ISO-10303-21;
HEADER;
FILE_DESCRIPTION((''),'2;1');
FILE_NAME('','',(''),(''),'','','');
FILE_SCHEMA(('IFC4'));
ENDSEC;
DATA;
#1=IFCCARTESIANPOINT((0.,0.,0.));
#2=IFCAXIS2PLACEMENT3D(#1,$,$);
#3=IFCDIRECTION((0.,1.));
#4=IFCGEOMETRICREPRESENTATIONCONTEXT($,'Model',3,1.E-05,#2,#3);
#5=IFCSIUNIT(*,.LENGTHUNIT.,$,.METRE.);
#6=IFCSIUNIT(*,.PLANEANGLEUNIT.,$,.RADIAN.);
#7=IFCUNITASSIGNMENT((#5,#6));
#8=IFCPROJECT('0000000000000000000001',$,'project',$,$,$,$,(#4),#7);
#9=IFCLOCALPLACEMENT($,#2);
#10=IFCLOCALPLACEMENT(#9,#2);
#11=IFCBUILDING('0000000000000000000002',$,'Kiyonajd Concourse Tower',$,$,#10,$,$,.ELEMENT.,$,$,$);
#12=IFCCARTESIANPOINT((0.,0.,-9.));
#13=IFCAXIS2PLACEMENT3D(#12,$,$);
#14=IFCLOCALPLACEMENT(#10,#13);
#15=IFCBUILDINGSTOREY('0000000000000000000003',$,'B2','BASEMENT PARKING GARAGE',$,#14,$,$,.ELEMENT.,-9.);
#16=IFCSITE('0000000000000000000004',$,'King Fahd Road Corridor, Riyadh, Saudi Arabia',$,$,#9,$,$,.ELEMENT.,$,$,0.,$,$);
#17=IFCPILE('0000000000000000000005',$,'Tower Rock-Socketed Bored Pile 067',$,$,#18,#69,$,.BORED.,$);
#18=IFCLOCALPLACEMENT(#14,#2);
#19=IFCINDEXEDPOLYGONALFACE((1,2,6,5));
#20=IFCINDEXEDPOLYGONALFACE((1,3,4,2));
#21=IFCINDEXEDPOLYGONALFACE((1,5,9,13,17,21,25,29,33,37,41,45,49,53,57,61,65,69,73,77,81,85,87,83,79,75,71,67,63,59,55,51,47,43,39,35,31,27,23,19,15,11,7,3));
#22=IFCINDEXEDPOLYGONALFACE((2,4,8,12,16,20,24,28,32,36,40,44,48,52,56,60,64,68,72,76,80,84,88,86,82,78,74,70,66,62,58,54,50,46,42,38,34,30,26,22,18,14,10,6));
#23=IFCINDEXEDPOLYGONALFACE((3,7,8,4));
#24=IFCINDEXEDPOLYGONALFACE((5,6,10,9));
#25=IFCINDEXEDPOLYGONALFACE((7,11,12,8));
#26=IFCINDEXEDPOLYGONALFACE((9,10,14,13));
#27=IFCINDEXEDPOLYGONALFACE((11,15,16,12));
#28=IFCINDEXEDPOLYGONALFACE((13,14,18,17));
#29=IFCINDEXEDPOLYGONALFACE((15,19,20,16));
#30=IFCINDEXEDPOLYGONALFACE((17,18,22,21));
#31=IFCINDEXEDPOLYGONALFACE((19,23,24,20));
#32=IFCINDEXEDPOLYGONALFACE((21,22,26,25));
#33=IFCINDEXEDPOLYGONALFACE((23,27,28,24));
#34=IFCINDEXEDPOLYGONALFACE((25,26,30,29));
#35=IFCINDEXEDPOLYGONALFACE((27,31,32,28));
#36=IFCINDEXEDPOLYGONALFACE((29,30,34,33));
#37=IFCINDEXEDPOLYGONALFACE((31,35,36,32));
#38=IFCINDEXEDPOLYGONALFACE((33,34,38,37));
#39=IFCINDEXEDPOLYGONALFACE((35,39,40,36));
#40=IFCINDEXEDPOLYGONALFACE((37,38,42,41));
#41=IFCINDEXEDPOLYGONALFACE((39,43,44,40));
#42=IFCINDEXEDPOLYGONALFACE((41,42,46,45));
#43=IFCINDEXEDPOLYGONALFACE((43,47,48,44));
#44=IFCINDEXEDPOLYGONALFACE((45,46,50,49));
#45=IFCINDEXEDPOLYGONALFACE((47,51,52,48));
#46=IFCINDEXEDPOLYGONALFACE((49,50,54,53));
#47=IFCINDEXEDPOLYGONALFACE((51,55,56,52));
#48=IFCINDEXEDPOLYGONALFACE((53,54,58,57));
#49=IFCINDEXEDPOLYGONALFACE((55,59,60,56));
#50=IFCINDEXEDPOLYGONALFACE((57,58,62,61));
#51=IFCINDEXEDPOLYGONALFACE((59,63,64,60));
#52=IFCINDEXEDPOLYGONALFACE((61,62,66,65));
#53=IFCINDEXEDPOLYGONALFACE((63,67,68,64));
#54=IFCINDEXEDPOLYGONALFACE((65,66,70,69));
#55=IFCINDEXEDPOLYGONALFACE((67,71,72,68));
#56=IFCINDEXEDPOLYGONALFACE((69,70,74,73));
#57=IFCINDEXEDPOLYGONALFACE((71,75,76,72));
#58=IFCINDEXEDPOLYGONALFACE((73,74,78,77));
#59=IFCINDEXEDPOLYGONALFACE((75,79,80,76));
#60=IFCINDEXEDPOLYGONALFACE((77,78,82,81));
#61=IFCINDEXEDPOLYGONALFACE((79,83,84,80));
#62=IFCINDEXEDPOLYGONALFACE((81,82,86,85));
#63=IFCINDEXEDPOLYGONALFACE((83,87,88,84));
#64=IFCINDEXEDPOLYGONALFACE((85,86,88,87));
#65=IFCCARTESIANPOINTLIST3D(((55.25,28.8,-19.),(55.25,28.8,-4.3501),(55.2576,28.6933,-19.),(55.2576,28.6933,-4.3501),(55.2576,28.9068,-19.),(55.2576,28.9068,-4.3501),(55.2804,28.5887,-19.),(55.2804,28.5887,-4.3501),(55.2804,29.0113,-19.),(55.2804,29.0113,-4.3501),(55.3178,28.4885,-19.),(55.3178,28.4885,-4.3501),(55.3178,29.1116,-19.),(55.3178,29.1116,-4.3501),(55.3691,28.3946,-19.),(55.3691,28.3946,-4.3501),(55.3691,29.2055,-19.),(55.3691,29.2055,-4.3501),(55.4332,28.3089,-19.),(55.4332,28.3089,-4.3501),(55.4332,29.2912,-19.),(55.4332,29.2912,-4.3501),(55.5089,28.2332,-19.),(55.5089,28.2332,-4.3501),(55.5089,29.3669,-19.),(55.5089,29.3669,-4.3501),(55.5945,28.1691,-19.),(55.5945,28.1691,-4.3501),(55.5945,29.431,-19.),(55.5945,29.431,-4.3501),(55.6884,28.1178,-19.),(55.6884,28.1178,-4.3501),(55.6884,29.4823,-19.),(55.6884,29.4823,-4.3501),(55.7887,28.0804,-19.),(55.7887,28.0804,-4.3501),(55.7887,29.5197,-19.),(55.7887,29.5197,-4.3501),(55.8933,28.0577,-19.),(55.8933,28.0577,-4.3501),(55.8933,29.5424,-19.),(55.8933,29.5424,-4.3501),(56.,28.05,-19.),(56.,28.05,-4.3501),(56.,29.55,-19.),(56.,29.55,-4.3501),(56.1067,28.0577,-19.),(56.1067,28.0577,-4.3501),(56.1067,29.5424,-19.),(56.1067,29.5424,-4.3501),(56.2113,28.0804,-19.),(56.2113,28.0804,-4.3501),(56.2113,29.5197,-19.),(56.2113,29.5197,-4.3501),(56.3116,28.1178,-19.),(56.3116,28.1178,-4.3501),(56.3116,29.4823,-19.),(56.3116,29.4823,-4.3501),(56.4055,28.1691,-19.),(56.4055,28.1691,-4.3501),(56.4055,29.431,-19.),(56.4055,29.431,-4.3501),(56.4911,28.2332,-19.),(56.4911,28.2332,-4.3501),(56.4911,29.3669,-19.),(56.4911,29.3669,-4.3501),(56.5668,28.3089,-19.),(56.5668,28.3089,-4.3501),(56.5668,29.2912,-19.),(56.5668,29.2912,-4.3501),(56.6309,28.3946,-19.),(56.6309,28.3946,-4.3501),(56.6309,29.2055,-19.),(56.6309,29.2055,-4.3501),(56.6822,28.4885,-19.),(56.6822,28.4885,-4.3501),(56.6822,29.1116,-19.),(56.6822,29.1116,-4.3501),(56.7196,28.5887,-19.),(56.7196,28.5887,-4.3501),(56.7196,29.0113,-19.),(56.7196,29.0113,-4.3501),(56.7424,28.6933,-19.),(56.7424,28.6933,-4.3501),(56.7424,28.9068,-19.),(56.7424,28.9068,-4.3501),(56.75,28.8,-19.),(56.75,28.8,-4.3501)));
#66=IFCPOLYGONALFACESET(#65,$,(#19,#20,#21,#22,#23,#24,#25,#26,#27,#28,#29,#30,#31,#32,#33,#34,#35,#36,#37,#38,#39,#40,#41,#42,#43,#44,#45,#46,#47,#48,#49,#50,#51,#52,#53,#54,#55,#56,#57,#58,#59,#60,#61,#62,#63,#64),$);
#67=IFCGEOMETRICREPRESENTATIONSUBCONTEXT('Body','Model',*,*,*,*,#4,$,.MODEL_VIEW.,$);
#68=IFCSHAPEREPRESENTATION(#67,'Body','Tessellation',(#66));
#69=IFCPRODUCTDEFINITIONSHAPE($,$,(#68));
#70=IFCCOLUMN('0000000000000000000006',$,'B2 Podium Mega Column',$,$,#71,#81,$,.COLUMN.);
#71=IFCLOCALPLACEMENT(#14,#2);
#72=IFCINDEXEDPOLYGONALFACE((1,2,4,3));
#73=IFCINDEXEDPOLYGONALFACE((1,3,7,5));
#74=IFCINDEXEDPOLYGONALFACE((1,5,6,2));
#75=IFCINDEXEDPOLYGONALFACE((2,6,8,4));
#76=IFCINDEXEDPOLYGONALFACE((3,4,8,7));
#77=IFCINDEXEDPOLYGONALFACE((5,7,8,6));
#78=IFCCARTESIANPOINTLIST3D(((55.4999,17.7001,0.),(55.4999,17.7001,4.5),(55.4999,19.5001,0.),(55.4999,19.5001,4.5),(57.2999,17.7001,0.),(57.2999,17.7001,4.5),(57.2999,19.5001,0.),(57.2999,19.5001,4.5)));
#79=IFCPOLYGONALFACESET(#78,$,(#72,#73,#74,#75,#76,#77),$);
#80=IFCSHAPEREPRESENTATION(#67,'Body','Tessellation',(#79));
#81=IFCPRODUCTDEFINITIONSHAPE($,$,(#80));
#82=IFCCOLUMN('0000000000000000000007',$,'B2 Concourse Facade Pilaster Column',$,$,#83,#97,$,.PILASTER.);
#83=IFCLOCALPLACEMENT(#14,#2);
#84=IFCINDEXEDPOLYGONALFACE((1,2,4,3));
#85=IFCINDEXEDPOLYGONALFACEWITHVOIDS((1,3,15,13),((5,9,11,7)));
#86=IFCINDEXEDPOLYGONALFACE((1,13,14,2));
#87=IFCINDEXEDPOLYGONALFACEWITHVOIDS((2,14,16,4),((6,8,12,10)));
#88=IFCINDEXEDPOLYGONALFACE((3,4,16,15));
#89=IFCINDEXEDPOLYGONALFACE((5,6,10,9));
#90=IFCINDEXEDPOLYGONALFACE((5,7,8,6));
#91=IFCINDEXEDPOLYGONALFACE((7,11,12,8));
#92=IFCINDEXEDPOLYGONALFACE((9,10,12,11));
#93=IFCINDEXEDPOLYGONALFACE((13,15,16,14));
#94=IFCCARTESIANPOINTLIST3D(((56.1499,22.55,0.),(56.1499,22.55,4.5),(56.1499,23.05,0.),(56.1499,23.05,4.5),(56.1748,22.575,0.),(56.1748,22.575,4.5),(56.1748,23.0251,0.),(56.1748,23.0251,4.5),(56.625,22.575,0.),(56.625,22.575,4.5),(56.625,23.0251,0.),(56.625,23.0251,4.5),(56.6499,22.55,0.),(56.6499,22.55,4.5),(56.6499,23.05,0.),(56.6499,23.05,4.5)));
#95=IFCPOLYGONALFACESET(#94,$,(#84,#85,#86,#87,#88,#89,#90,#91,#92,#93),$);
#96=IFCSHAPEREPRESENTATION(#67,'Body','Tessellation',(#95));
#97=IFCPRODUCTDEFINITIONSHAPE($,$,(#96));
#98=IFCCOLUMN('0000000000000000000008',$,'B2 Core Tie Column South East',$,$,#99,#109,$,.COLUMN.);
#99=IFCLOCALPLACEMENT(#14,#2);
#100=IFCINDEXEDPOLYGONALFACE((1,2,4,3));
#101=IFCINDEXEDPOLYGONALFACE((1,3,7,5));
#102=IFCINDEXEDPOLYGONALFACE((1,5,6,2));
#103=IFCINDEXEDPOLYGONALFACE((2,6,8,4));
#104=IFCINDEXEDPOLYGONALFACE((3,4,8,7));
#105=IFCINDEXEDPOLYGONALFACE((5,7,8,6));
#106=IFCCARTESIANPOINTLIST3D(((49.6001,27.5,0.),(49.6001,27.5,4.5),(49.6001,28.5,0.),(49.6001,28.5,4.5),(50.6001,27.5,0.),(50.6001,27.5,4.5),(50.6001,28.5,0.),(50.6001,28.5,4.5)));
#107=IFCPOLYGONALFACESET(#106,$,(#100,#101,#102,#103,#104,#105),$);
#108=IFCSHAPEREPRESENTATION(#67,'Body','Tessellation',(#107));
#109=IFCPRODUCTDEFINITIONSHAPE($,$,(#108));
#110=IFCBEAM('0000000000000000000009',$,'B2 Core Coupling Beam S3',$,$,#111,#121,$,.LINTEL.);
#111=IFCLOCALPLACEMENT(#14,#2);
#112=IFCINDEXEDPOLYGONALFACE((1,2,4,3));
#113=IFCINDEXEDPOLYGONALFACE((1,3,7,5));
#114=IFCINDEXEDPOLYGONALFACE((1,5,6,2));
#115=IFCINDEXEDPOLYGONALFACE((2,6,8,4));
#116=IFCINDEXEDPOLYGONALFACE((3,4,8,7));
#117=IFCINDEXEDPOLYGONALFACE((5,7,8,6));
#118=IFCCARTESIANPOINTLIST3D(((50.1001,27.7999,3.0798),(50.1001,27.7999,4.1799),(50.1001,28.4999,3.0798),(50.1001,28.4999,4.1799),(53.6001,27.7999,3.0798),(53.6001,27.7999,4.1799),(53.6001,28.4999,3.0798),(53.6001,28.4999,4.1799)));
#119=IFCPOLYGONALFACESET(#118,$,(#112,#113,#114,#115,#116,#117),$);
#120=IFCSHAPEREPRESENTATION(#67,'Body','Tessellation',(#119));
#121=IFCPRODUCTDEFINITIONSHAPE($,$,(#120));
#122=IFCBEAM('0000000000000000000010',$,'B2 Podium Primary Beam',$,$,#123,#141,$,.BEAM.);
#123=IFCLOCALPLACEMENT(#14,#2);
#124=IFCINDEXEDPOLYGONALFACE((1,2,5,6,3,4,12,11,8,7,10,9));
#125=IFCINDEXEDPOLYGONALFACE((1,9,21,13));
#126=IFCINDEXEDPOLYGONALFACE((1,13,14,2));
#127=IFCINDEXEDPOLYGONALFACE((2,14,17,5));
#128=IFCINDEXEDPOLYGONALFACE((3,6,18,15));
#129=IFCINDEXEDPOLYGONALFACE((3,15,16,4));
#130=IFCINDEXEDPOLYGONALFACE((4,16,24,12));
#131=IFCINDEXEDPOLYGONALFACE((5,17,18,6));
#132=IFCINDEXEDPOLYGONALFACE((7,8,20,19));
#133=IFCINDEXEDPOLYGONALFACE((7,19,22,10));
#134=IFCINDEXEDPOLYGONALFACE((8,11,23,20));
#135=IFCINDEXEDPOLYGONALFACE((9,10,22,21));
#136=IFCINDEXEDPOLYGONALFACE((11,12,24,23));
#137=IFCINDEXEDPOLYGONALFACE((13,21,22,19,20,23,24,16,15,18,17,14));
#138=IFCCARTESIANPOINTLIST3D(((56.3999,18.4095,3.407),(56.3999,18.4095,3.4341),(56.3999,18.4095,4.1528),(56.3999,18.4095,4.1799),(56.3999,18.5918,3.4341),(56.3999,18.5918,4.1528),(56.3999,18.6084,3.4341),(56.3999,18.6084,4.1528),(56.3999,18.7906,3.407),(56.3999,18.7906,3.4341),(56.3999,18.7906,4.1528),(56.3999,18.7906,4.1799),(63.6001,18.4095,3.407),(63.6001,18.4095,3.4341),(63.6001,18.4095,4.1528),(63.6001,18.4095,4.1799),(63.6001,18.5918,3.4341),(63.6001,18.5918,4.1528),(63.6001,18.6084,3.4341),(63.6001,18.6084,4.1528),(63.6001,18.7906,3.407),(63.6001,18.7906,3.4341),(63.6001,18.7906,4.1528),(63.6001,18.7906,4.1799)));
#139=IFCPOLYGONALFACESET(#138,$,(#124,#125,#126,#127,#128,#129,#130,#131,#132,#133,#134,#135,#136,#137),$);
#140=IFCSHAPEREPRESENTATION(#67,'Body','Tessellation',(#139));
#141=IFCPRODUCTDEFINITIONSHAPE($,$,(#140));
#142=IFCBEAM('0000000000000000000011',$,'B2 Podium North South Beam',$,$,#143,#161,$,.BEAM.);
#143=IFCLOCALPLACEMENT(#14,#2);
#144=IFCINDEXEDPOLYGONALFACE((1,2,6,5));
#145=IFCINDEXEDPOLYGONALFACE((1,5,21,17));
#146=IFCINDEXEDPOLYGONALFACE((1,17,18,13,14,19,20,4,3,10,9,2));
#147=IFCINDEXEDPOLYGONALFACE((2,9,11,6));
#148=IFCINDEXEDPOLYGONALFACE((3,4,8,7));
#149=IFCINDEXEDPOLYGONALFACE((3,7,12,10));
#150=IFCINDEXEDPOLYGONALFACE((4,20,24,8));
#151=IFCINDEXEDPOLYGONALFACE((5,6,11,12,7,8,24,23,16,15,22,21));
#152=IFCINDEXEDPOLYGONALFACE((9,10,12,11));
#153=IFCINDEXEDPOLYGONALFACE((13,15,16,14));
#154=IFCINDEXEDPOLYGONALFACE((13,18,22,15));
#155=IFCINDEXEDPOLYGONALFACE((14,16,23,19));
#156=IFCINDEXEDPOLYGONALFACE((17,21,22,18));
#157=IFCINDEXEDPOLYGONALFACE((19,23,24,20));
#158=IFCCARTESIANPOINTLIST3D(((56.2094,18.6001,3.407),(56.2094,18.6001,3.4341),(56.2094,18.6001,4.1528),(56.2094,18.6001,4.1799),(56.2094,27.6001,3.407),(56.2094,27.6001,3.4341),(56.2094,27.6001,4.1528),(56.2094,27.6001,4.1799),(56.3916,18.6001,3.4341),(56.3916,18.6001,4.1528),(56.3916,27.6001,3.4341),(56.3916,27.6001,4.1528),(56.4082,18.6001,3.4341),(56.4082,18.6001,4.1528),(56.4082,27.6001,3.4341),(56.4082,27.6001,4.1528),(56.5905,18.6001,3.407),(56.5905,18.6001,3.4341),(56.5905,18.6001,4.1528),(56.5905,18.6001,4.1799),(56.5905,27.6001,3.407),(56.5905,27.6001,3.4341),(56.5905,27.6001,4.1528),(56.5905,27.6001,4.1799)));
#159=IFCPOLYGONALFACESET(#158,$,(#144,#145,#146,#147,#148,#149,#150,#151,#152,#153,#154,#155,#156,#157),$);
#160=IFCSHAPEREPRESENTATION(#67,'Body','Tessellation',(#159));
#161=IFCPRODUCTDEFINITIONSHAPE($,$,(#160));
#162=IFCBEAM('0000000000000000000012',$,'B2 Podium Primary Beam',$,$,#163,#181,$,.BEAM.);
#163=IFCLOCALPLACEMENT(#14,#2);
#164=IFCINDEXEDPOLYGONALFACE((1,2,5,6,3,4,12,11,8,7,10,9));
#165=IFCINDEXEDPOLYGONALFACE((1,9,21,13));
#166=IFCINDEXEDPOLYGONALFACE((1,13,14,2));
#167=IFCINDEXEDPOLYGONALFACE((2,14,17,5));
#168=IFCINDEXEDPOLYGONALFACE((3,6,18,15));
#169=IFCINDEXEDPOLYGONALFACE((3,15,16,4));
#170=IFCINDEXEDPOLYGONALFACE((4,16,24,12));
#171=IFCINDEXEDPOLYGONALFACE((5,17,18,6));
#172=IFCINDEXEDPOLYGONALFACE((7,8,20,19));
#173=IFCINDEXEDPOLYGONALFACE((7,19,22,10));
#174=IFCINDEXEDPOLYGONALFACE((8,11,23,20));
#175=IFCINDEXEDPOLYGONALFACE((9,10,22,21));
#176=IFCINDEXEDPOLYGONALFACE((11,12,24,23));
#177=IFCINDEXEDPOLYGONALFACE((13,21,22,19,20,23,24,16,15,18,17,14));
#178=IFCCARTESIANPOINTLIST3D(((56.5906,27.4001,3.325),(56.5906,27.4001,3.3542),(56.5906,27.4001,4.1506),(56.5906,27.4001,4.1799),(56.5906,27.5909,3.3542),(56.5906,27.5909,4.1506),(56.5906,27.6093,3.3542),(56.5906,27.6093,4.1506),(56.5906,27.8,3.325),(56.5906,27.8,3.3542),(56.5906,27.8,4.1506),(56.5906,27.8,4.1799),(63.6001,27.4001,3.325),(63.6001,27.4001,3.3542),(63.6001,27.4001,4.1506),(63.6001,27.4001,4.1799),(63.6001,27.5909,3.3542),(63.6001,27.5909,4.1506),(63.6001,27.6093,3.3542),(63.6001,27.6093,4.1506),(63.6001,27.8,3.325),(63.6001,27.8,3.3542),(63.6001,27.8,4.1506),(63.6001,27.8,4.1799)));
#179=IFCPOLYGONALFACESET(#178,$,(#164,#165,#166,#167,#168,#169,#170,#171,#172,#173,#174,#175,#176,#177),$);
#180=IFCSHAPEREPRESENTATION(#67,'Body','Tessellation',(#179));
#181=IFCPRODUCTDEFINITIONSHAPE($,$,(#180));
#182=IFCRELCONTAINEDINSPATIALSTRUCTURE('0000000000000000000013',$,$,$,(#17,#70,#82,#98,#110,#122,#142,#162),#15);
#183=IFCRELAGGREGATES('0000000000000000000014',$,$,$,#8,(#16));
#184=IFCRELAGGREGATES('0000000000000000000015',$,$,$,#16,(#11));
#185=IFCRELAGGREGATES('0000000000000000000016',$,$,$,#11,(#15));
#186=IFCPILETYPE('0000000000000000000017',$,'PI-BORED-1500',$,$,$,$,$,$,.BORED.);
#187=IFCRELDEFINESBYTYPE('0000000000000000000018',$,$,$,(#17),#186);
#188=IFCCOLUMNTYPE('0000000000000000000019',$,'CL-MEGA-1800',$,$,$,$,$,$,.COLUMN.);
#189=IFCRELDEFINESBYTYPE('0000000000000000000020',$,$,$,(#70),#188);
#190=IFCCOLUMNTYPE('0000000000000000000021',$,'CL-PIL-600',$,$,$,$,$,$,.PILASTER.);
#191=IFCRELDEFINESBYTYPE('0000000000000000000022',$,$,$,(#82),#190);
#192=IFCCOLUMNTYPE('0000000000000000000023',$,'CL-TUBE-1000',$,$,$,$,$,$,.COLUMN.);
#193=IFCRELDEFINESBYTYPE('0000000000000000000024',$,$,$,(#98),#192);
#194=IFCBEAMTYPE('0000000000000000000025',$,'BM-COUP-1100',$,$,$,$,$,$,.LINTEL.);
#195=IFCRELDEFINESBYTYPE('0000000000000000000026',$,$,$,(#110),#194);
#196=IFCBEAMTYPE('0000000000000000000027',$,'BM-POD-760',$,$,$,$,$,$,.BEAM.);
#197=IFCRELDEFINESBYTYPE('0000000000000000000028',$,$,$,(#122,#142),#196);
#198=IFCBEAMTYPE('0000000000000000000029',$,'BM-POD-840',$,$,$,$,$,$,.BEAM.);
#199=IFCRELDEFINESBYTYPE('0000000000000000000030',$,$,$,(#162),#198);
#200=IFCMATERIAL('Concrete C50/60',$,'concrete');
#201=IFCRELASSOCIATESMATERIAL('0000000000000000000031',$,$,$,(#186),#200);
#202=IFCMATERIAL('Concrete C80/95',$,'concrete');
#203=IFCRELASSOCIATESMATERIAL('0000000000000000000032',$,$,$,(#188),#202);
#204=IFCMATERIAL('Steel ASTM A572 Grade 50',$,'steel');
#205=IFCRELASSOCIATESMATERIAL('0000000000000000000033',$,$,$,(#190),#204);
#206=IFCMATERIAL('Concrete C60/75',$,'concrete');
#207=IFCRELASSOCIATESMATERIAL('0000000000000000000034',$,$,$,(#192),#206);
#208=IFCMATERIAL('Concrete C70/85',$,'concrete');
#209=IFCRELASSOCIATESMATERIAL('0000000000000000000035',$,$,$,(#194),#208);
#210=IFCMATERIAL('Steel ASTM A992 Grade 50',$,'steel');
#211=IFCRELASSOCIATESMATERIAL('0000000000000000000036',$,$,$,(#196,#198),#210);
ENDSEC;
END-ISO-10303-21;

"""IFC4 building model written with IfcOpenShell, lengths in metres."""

from ifc_helpers import new_model, si_unit, direction, frame, origin, origin_2d, place, context, subcontext, project, spatial, rectangle, hollow_rectangle, circle, i_section, extrude, material, material_profile, profile_set, type_object, element, save


model = new_model("IFC4")

# Units and contexts
model_context = context("Model", 3, precision=1e-05, world=origin(), true_north=direction((0.0, 1.0)))
body_context = subcontext(model_context, "Body", "Model", "MODEL_VIEW")
ifc_project = project(units=[si_unit("LENGTHUNIT", "METRE"), si_unit("PLANEANGLEUNIT", "RADIAN")], contexts=[model_context])

# Site, building, storey
site_placement = place(None, origin())
site = spatial("IfcSite", under=ifc_project, at=site_placement, Name="King Fahd Road Corridor, Riyadh, Saudi Arabia", CompositionType="ELEMENT", RefElevation=0.0)
building_placement = place(site_placement, origin())
building = spatial("IfcBuilding", under=site, at=building_placement, Name="Kiyonajd Concourse Tower", CompositionType="ELEMENT")
storey_placement = place(building_placement, frame((0.0, 0.0, -9.0)))
storey = spatial("IfcBuildingStorey", under=building, at=storey_placement, Name="B2", Description="BASEMENT PARKING GARAGE", CompositionType="ELEMENT", Elevation=-9.0)

# Pile
ifc_material_1 = material(Name="Concrete C50/60", Category="concrete")
ifc_material_profile_1 = material_profile(ifc_material_1, circle(Radius=0.75, at=origin_2d()), Name="PILE-D1500")
ifc_profile_set_1 = profile_set([ifc_material_profile_1], Name="Concrete C50/60")
pile_type = type_object("IfcPileType", Name="PI-BORED-1500", PredefinedType="BORED", material=ifc_profile_set_1)
for number, where, z_axis, x_axis, name in (
    (1, (56.0, 28.8, -4.3501), (0.0, 0.0, -1.0), (1.0, 0.0, 0.0), "Tower Rock-Socketed Bored Pile 067"),
):
    element("IfcPile", number, at=place(storey_placement, frame(where, z_axis=z_axis, x_axis=x_axis)), inside=storey, type_object=pile_type, Name=name, PredefinedType="BORED", context=body_context, shape_type="SweptSolid", body=[
        extrude(circle(Radius=0.75, at=origin_2d()), origin(), (0.0, 0.0, 1.0), 14.6499),
    ])

# Columns
ifc_material_2 = material(Name="Concrete C80/95", Category="concrete")
ifc_material_profile_2 = material_profile(ifc_material_2, rectangle(XDim=1.8, YDim=1.8, at=origin_2d()), Name="RC-1800x1800")
ifc_profile_set_2 = profile_set([ifc_material_profile_2], Name="Concrete C80/95")
column_type_1 = type_object("IfcColumnType", Name="CL-MEGA-1800", PredefinedType="COLUMN", material=ifc_profile_set_2)
column_1_placement = place(storey_placement, frame((56.3999, 18.6001, 0.0), z_axis=(0.0, 0.0, 1.0), x_axis=(1.0, 0.0, 0.0)))
element("IfcColumn", 2, at=column_1_placement, inside=storey, type_object=column_type_1, Name="B2 Podium Mega Column", PredefinedType="COLUMN", context=body_context, shape_type="SweptSolid", body=[
    extrude(rectangle(XDim=1.8, YDim=1.8, at=origin_2d()), origin(), (0.0, 0.0, 1.0), 4.5),
])
ifc_material_3 = material(Name="Steel ASTM A572 Grade 50", Category="steel")
ifc_material_profile_3 = material_profile(ifc_material_3, hollow_rectangle(XDim=0.5, YDim=0.5, WallThickness=0.0249, at=origin_2d()), Name="HSS-500x500x25")
ifc_profile_set_3 = profile_set([ifc_material_profile_3], Name="Steel ASTM A572 Grade 50")
column_type_2 = type_object("IfcColumnType", Name="CL-PIL-600", PredefinedType="PILASTER", material=ifc_profile_set_3)
column_2_placement = place(storey_placement, frame((56.3999, 22.8, 0.0), z_axis=(0.0, 0.0, 1.0), x_axis=(1.0, 0.0, 0.0)))
element("IfcColumn", 3, at=column_2_placement, inside=storey, type_object=column_type_2, Name="B2 Concourse Facade Pilaster Column", PredefinedType="PILASTER", context=body_context, shape_type="SweptSolid", body=[
    extrude(hollow_rectangle(XDim=0.5, YDim=0.5, WallThickness=0.0249, at=origin_2d()), origin(), (0.0, 0.0, 1.0), 4.5),
])
ifc_material_4 = material(Name="Concrete C60/75", Category="concrete")
ifc_material_profile_4 = material_profile(ifc_material_4, rectangle(XDim=1.0, YDim=1.0, at=origin_2d()), Name="RC-1000x1000")
ifc_profile_set_4 = profile_set([ifc_material_profile_4], Name="Concrete C60/75")
column_type_3 = type_object("IfcColumnType", Name="CL-TUBE-1000", PredefinedType="COLUMN", material=ifc_profile_set_4)
column_3_placement = place(storey_placement, frame((50.1001, 28.0, 0.0), z_axis=(0.0, 0.0, 1.0), x_axis=(1.0, 0.0, 0.0)))
element("IfcColumn", 4, at=column_3_placement, inside=storey, type_object=column_type_3, Name="B2 Core Tie Column South East", PredefinedType="COLUMN", context=body_context, shape_type="SweptSolid", body=[
    extrude(rectangle(XDim=1.0, YDim=1.0, at=origin_2d()), origin(), (0.0, 0.0, 1.0), 4.5),
])

# Beams
ifc_material_5 = material(Name="Concrete C70/85", Category="concrete")
ifc_material_profile_5 = material_profile(ifc_material_5, rectangle(XDim=0.7, YDim=1.1001, at=origin_2d()), Name="RCBM-700x1100")
ifc_profile_set_5 = profile_set([ifc_material_profile_5], Name="Concrete C70/85")
beam_type_1 = type_object("IfcBeamType", Name="BM-COUP-1100", PredefinedType="LINTEL", material=ifc_profile_set_5)
beam_1_placement = place(storey_placement, frame((50.1001, 28.1499, 3.6299), z_axis=(1.0, 0.0, 0.0), x_axis=(0.0, 1.0, 0.0)))
element("IfcBeam", 5, at=beam_1_placement, inside=storey, type_object=beam_type_1, Name="B2 Core Coupling Beam S3", PredefinedType="LINTEL", context=body_context, shape_type="SweptSolid", body=[
    extrude(rectangle(XDim=0.7, YDim=1.1001, at=origin_2d()), origin(), (0.0, 0.0, 1.0), 3.5),
])
ifc_material_6 = material(Name="Steel ASTM A992 Grade 50", Category="steel")
ifc_material_profile_6 = material_profile(ifc_material_6, i_section(OverallWidth=0.3811, OverallDepth=0.7729, WebThickness=0.0166, FlangeThickness=0.0271, at=origin_2d()), Name="W760X257")
ifc_profile_set_6 = profile_set([ifc_material_profile_6], Name="Steel ASTM A992 Grade 50")
beam_type_2 = type_object("IfcBeamType", Name="BM-POD-760", PredefinedType="BEAM", material=ifc_profile_set_6)
beam_2_placement = place(storey_placement, frame((56.3999, 18.6001, 3.7935), z_axis=(1.0, 0.0, 0.0), x_axis=(0.0, 1.0, 0.0)))
element("IfcBeam", 6, at=beam_2_placement, inside=storey, type_object=beam_type_2, Name="B2 Podium Primary Beam", PredefinedType="BEAM", context=body_context, shape_type="SweptSolid", body=[
    extrude(i_section(OverallWidth=0.3811, OverallDepth=0.7729, WebThickness=0.0166, FlangeThickness=0.0271, at=origin_2d()), origin(), (0.0, 0.0, 1.0), 7.2002),
])
beam_3_placement = place(storey_placement, frame((56.3999, 18.6001, 3.7935), z_axis=(0.0, 1.0, 0.0), x_axis=(-1.0, 0.0, 0.0)))
element("IfcBeam", 7, at=beam_3_placement, inside=storey, type_object=beam_type_2, Name="B2 Podium North South Beam", PredefinedType="BEAM", context=body_context, shape_type="SweptSolid", body=[
    extrude(i_section(OverallWidth=0.3811, OverallDepth=0.7729, WebThickness=0.0166, FlangeThickness=0.0271, at=origin_2d()), origin(), (0.0, 0.0, 1.0), 9.0),
])
ifc_material_profile_7 = material_profile(ifc_material_6, i_section(OverallWidth=0.3999, OverallDepth=0.855, WebThickness=0.0183, FlangeThickness=0.0293, at=origin_2d()), Name="W840X299")
ifc_profile_set_7 = profile_set([ifc_material_profile_7], Name="Steel ASTM A992 Grade 50")
beam_type_3 = type_object("IfcBeamType", Name="BM-POD-840", PredefinedType="BEAM", material=ifc_profile_set_7)
beam_4_placement = place(storey_placement, frame((56.5906, 27.6001, 3.7524), z_axis=(1.0, 0.0, 0.0), x_axis=(0.0, 1.0, 0.0)))
element("IfcBeam", 8, at=beam_4_placement, inside=storey, type_object=beam_type_3, Name="B2 Podium Primary Beam", PredefinedType="BEAM", context=body_context, shape_type="SweptSolid", body=[
    extrude(i_section(OverallWidth=0.3999, OverallDepth=0.855, WebThickness=0.0183, FlangeThickness=0.0293, at=origin_2d()), origin(), (0.0, 0.0, 1.0), 7.0095),
])

save(model, "model.ifc")
